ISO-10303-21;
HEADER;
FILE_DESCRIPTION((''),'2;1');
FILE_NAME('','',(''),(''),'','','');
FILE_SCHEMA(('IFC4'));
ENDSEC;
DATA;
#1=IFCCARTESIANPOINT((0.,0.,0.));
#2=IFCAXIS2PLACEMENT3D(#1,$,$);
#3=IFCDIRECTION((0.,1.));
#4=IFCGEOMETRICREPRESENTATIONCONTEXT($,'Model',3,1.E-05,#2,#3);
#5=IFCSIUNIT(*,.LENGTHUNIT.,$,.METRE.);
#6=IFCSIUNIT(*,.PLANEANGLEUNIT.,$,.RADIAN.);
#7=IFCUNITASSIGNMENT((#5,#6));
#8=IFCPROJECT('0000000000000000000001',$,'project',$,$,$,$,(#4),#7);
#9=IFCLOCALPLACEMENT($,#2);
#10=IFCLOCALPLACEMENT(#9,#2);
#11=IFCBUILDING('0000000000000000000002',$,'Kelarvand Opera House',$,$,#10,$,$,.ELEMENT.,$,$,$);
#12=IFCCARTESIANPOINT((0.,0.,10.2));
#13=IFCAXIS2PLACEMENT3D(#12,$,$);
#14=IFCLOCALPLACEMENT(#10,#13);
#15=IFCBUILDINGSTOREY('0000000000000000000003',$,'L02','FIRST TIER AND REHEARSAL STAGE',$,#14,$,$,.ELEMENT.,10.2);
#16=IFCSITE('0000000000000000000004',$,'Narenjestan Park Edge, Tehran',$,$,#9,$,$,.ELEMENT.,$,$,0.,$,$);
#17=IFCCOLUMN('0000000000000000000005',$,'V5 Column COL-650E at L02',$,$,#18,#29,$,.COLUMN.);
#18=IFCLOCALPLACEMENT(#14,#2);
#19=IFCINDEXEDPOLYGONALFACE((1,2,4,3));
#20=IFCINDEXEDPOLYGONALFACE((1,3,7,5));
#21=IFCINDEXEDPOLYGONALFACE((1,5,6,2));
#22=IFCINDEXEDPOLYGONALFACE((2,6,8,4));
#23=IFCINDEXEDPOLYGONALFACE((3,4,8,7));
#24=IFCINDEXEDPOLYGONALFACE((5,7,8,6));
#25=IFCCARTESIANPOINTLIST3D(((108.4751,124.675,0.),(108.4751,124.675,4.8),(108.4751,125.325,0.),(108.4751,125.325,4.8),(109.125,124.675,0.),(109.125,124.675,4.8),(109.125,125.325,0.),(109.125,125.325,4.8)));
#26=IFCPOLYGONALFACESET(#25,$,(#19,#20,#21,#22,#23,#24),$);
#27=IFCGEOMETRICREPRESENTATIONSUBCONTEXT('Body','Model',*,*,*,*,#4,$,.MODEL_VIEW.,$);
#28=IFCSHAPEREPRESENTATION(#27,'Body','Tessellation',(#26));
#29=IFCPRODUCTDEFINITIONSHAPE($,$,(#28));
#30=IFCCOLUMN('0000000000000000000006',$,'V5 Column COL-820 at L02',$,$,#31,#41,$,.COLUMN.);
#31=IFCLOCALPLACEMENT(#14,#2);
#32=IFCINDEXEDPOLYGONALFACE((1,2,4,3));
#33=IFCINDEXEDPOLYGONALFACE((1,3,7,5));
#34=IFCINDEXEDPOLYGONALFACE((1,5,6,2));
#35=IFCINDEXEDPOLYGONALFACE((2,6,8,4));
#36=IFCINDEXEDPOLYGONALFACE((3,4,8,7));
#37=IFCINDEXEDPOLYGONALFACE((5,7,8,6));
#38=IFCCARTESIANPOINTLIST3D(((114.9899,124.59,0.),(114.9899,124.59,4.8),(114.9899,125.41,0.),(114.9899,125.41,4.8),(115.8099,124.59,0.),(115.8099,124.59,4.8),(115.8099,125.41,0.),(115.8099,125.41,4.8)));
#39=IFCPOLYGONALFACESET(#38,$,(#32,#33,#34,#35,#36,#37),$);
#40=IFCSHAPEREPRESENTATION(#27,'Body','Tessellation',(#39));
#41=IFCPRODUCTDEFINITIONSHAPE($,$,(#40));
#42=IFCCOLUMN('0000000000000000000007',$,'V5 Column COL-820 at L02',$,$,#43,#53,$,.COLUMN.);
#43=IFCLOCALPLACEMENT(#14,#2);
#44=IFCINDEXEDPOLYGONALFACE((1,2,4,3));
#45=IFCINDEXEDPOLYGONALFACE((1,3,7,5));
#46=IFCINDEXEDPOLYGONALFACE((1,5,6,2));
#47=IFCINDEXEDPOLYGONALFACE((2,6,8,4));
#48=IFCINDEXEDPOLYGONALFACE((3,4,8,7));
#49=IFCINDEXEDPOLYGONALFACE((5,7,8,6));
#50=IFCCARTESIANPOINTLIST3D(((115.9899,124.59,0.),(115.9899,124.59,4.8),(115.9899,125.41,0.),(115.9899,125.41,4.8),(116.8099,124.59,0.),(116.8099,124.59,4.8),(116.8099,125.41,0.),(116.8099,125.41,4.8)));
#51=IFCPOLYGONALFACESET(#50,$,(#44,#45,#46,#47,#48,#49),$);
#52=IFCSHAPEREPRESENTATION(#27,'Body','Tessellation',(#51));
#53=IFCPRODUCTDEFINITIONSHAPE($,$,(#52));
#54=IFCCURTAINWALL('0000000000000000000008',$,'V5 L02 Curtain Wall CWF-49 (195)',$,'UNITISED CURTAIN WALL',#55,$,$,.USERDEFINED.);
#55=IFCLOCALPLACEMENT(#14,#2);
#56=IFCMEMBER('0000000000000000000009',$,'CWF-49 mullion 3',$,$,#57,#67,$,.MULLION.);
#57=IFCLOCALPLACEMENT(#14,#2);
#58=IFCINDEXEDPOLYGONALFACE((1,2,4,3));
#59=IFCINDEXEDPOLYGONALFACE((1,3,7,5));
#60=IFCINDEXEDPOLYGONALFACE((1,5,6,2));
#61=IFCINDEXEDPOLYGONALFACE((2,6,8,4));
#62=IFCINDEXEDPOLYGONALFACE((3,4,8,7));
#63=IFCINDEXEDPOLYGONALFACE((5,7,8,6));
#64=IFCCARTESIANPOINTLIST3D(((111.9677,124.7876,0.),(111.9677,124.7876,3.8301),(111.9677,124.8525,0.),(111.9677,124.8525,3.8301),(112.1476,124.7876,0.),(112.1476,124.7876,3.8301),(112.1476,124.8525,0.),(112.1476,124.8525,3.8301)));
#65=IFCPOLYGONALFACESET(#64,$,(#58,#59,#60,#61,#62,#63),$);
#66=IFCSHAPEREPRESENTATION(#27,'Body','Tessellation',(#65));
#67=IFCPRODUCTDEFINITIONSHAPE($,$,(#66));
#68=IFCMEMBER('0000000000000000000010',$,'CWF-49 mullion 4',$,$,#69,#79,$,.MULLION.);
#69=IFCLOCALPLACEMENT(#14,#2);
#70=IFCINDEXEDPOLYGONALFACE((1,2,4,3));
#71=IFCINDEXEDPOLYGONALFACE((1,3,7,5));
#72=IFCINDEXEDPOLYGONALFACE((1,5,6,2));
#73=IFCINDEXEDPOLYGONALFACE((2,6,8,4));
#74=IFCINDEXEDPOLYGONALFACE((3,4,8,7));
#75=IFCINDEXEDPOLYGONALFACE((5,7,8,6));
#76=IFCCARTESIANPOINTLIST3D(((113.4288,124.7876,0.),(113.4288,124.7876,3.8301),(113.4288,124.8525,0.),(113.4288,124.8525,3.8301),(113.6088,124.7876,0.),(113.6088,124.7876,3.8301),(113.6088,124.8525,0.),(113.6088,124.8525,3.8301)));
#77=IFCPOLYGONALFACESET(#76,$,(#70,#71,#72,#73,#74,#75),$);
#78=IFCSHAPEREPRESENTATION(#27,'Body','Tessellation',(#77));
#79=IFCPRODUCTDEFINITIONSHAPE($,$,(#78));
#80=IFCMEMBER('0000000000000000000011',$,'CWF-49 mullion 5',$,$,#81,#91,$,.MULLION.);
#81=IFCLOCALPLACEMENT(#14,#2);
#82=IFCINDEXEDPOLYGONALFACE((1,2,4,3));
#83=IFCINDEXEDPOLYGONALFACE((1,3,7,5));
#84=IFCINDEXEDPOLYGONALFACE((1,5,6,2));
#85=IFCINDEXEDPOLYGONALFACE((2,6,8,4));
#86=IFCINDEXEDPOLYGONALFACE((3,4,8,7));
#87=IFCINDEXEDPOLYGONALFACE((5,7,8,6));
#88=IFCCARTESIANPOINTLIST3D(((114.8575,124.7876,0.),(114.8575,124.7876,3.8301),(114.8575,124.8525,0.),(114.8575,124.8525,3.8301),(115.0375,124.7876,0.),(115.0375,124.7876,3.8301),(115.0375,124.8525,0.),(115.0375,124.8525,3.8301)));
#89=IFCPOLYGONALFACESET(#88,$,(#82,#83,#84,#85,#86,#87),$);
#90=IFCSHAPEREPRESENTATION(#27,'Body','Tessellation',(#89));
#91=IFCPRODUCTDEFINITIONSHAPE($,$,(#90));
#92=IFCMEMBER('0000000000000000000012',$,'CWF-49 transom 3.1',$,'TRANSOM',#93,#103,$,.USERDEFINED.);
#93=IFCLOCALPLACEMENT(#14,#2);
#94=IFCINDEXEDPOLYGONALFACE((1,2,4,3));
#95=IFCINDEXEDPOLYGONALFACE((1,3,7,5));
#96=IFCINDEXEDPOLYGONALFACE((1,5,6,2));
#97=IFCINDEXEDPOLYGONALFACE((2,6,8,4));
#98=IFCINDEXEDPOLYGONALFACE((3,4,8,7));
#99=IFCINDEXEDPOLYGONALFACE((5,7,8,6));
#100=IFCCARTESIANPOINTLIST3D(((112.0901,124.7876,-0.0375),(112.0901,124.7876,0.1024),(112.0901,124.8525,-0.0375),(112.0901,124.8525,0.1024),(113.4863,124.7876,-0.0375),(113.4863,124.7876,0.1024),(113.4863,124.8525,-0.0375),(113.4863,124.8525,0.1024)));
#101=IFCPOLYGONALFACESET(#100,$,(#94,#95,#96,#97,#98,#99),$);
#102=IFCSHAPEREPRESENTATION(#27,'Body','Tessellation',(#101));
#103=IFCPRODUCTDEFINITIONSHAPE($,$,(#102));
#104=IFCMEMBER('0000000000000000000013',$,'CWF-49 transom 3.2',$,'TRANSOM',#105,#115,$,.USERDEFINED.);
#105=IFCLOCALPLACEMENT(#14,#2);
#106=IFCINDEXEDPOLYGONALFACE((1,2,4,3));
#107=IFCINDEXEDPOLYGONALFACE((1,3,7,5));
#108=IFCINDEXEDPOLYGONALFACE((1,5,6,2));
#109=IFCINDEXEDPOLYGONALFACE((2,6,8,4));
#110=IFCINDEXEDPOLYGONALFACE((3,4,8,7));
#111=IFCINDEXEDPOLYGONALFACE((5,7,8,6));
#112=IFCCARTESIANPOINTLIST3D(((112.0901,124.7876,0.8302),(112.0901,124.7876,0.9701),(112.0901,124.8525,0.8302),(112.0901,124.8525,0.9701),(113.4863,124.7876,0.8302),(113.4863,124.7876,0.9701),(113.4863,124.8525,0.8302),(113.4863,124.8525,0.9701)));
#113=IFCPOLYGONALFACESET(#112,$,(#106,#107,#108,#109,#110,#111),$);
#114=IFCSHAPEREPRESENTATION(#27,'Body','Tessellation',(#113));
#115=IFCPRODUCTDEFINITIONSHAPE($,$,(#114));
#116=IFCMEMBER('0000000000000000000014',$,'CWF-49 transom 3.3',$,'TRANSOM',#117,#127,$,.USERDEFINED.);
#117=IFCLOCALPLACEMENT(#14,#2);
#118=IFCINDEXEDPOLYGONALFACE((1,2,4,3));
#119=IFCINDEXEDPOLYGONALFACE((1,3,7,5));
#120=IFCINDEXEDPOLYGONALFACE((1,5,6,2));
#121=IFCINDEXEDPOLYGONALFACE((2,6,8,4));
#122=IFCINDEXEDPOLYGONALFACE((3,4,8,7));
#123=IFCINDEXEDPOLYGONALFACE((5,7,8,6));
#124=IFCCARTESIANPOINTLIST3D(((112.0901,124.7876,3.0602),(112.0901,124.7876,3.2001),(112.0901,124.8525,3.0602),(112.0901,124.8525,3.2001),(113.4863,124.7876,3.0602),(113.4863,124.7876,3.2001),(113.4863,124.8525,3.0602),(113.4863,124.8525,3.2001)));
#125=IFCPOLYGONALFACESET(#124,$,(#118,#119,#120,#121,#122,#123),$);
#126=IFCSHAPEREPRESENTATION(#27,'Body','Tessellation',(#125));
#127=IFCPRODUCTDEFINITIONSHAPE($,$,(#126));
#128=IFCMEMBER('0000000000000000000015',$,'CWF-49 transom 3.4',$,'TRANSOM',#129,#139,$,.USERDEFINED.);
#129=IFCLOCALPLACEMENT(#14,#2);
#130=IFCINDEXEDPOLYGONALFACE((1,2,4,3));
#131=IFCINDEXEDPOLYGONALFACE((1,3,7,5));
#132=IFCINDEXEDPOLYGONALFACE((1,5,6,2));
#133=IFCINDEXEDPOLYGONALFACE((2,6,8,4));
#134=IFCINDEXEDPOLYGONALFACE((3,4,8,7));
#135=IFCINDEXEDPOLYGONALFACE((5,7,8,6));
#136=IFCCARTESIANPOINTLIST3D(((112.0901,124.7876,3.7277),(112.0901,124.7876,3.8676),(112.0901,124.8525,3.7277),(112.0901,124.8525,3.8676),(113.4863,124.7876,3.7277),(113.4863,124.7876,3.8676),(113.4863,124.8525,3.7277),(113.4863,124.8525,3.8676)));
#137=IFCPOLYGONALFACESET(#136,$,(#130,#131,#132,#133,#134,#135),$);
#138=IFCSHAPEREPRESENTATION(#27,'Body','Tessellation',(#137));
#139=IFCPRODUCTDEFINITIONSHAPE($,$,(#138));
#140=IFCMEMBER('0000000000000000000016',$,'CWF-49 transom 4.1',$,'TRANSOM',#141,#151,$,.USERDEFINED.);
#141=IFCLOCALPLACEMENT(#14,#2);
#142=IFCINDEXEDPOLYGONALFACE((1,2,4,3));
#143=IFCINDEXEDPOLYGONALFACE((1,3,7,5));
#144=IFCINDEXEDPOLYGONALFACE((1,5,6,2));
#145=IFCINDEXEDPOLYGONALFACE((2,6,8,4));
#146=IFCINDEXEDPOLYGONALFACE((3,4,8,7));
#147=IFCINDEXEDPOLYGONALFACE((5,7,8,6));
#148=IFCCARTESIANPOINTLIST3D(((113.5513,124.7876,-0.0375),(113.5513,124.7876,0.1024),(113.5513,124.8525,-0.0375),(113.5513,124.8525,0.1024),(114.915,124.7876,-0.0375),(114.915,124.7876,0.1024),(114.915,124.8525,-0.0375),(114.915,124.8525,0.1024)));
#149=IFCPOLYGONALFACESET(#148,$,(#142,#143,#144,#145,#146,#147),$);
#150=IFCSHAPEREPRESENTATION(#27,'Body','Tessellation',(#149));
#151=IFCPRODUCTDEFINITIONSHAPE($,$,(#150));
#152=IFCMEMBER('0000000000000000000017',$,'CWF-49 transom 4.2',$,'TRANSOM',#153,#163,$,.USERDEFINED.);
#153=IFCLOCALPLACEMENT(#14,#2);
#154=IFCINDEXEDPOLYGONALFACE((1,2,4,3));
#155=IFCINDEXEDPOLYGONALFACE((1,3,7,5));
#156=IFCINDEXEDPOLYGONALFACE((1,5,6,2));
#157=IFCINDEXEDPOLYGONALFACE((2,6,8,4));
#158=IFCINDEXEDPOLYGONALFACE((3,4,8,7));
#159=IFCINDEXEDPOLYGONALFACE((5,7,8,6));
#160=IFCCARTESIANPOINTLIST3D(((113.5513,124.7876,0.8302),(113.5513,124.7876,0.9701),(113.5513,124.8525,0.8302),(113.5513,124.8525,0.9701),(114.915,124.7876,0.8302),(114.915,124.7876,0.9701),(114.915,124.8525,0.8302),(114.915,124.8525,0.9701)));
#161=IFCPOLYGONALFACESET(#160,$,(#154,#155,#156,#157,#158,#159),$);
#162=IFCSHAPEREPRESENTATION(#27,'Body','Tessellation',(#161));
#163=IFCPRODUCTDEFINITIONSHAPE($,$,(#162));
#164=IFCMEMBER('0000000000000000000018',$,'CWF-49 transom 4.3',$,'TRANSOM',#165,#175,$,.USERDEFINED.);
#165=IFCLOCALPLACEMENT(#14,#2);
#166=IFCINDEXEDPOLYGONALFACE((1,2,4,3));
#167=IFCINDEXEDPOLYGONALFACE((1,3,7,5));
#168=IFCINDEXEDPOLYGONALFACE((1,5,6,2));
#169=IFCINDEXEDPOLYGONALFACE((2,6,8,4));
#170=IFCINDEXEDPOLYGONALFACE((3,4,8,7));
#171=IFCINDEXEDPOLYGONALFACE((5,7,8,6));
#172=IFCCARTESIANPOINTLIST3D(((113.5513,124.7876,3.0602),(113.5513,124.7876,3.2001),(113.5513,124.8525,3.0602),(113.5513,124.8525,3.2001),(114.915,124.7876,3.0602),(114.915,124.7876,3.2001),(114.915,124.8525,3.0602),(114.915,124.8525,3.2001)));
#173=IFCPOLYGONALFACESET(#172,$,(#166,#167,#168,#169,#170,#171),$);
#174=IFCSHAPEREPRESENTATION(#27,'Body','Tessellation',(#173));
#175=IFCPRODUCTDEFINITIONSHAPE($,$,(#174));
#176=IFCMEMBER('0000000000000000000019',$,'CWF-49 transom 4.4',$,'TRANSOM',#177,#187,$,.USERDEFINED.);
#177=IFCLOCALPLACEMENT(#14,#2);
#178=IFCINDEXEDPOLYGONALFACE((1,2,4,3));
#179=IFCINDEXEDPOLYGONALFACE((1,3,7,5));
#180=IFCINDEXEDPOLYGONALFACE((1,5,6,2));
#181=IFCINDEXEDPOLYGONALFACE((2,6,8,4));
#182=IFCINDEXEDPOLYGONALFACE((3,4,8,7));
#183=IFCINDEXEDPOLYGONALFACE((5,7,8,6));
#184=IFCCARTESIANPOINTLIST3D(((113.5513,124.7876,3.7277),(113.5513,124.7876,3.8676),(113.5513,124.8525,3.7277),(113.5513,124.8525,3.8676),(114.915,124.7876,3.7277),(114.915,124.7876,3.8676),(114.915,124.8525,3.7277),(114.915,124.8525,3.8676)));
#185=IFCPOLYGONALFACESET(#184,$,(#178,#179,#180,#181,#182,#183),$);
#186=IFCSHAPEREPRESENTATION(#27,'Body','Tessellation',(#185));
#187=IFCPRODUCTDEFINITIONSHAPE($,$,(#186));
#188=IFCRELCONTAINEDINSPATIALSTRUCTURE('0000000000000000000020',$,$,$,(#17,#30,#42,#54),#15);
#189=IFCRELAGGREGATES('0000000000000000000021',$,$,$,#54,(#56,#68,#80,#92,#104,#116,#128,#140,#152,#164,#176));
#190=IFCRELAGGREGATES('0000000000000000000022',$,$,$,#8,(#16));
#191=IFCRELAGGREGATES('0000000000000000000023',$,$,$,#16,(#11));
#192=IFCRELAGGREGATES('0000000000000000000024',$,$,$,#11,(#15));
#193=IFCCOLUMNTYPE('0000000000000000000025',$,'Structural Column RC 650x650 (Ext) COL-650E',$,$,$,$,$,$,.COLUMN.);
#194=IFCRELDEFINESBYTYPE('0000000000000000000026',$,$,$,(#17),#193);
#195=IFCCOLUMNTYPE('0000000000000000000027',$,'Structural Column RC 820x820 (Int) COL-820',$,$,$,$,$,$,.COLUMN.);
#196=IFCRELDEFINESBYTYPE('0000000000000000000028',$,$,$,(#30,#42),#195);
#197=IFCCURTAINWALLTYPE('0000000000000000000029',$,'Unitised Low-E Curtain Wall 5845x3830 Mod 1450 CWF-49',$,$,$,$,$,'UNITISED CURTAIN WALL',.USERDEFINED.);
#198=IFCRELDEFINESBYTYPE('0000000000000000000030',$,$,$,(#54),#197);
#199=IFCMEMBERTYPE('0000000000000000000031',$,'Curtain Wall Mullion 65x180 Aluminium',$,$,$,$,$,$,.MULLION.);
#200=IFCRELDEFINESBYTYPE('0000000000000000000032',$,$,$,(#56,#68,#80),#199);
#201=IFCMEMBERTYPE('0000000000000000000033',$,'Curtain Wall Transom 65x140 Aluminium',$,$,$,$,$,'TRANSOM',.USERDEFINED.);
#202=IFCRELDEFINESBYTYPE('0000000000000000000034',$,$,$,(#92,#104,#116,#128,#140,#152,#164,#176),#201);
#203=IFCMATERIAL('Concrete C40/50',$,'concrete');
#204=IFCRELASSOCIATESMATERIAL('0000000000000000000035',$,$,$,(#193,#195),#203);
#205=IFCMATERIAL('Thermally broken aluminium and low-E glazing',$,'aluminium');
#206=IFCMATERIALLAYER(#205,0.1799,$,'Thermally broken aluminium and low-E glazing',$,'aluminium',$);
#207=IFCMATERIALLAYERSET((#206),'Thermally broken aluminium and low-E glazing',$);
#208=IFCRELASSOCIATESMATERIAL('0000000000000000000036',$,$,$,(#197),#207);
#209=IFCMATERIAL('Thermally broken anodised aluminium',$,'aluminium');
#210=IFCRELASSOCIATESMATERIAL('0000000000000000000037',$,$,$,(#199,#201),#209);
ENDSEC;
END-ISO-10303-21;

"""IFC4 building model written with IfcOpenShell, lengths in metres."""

from ifc_helpers import new_model, si_unit, direction, frame, origin, origin_2d, place, context, subcontext, project, spatial, rectangle, extrude, material, layer, layer_set, material_profile, profile_set, type_object, element, aggregate, save


model = new_model("IFC4")

# Units and contexts
model_context = context("Model", 3, precision=1e-05, world=origin(), true_north=direction((0.0, 1.0)))
body_context = subcontext(model_context, "Body", "Model", "MODEL_VIEW")
ifc_project = project(units=[si_unit("LENGTHUNIT", "METRE"), si_unit("PLANEANGLEUNIT", "RADIAN")], contexts=[model_context])

# Site, building, storey
site_placement = place(None, origin())
site = spatial("IfcSite", under=ifc_project, at=site_placement, Name="Narenjestan Park Edge, Tehran", CompositionType="ELEMENT", RefElevation=0.0)
building_placement = place(site_placement, origin())
building = spatial("IfcBuilding", under=site, at=building_placement, Name="Kelarvand Opera House", CompositionType="ELEMENT")
storey_placement = place(building_placement, frame((0.0, 0.0, 10.2)))
storey = spatial("IfcBuildingStorey", under=building, at=storey_placement, Name="L02", Description="FIRST TIER AND REHEARSAL STAGE", CompositionType="ELEMENT", Elevation=10.2)

# Columns
ifc_material_1 = material(Name="Concrete C40/50", Category="concrete")
ifc_material_profile_1 = material_profile(ifc_material_1, rectangle(XDim=0.6499, YDim=0.6499, at=origin_2d()), Name="RC 650x650", Category="concrete")
ifc_profile_set_1 = profile_set([ifc_material_profile_1], Name="Concrete C40/50")
column_type_1 = type_object("IfcColumnType", Name="Structural Column RC 650x650 (Ext) COL-650E", PredefinedType="COLUMN", material=ifc_profile_set_1)
column_placement = place(storey_placement, frame((108.8, 125.0, 0.0), z_axis=(0.0, 0.0, 1.0), x_axis=(1.0, 0.0, 0.0)))
element("IfcColumn", 1, at=column_placement, inside=storey, type_object=column_type_1, Name="V5 Column COL-650E at L02", PredefinedType="COLUMN", context=body_context, shape_type="SweptSolid", body=[
    extrude(rectangle(XDim=0.6499, YDim=0.6499, at=origin_2d()), origin(), (0.0, 0.0, 1.0), 4.8),
])
ifc_material_profile_2 = material_profile(ifc_material_1, rectangle(XDim=0.8201, YDim=0.8201, at=origin_2d()), Name="RC 820x820", Category="concrete")
ifc_profile_set_2 = profile_set([ifc_material_profile_2], Name="Concrete C40/50")
column_type_2 = type_object("IfcColumnType", Name="Structural Column RC 820x820 (Int) COL-820", PredefinedType="COLUMN", material=ifc_profile_set_2)
for number, where, z_axis, x_axis, name in (
    (2, (115.3999, 125.0, 0.0), (0.0, 0.0, 1.0), (1.0, 0.0, 0.0), "V5 Column COL-820 at L02"),
    (3, (116.3999, 125.0, 0.0), (0.0, 0.0, 1.0), (1.0, 0.0, 0.0), "V5 Column COL-820 at L02"),
):
    element("IfcColumn", number, at=place(storey_placement, frame(where, z_axis=z_axis, x_axis=x_axis)), inside=storey, type_object=column_type_2, Name=name, PredefinedType="COLUMN", context=body_context, shape_type="SweptSolid", body=[
        extrude(rectangle(XDim=0.8201, YDim=0.8201, at=origin_2d()), origin(), (0.0, 0.0, 1.0), 4.8),
    ])

# Curtain wall, members
ifc_material_2 = material(Name="Thermally broken aluminium and low-E glazing", Category="aluminium")
ifc_layer_1 = layer(ifc_material_2, 0.1799, Name="Thermally broken aluminium and low-E glazing", Category="aluminium")
ifc_layer_set_1 = layer_set([ifc_layer_1], Name="Thermally broken aluminium and low-E glazing")
curtain_wall_type = type_object("IfcCurtainWallType", Name="Unitised Low-E Curtain Wall 5845x3830 Mod 1450 CWF-49", ElementType="UNITISED CURTAIN WALL", PredefinedType="USERDEFINED", material=ifc_layer_set_1)
curtain_wall_placement = place(storey_placement, origin())
curtain_wall = element("IfcCurtainWall", 4, at=curtain_wall_placement, inside=storey, type_object=curtain_wall_type, Name="V5 L02 Curtain Wall CWF-49 (195)", ObjectType="UNITISED CURTAIN WALL", PredefinedType="USERDEFINED")
ifc_material_3 = material(Name="Thermally broken anodised aluminium", Category="aluminium")
ifc_material_profile_3 = material_profile(ifc_material_3, rectangle(XDim=0.0649, YDim=0.1799, at=origin_2d()), Name="ALU MULLION 65x180", Category="aluminium")
ifc_profile_set_3 = profile_set([ifc_material_profile_3], Name="Thermally broken anodised aluminium")
member_type_1 = type_object("IfcMemberType", Name="Curtain Wall Mullion 65x180 Aluminium", PredefinedType="MULLION", material=ifc_profile_set_3)
member_1_placement = place(storey_placement, frame((112.0576, 124.8201, 0.0), z_axis=(0.0, 0.0, 1.0), x_axis=(0.0, 1.0, 0.0)))
member_1 = element("IfcMember", 5, at=member_1_placement, type_object=member_type_1, Name="CWF-49 mullion 3", PredefinedType="MULLION", context=body_context, shape_type="SweptSolid", body=[
    extrude(rectangle(XDim=0.0649, YDim=0.1799, at=origin_2d()), origin(), (0.0, 0.0, 1.0), 3.8301),
])
member_2_placement = place(storey_placement, frame((113.5188, 124.8201, 0.0), z_axis=(0.0, 0.0, 1.0), x_axis=(0.0, 1.0, 0.0)))
member_2 = element("IfcMember", 6, at=member_2_placement, type_object=member_type_1, Name="CWF-49 mullion 4", PredefinedType="MULLION", context=body_context, shape_type="SweptSolid", body=[
    extrude(rectangle(XDim=0.0649, YDim=0.1799, at=origin_2d()), origin(), (0.0, 0.0, 1.0), 3.8301),
])
member_3_placement = place(storey_placement, frame((114.9475, 124.8201, 0.0), z_axis=(0.0, 0.0, 1.0), x_axis=(0.0, 1.0, 0.0)))
member_3 = element("IfcMember", 7, at=member_3_placement, type_object=member_type_1, Name="CWF-49 mullion 5", PredefinedType="MULLION", context=body_context, shape_type="SweptSolid", body=[
    extrude(rectangle(XDim=0.0649, YDim=0.1799, at=origin_2d()), origin(), (0.0, 0.0, 1.0), 3.8301),
])
ifc_material_profile_4 = material_profile(ifc_material_3, rectangle(XDim=0.0649, YDim=0.1399, at=origin_2d()), Name="ALU TRANSOM 65x140", Category="aluminium")
ifc_profile_set_4 = profile_set([ifc_material_profile_4], Name="Thermally broken anodised aluminium")
member_type_2 = type_object("IfcMemberType", Name="Curtain Wall Transom 65x140 Aluminium", ElementType="TRANSOM", PredefinedType="USERDEFINED", material=ifc_profile_set_4)
member_4_placement = place(storey_placement, frame((112.0901, 124.8201, 0.0325), z_axis=(1.0, 0.0, 0.0), x_axis=(0.0, 1.0, 0.0)))
member_4 = element("IfcMember", 8, at=member_4_placement, type_object=member_type_2, Name="CWF-49 transom 3.1", ObjectType="TRANSOM", PredefinedType="USERDEFINED", context=body_context, shape_type="SweptSolid", body=[
    extrude(rectangle(XDim=0.0649, YDim=0.1399, at=origin_2d()), origin(), (0.0, 0.0, 1.0), 1.3962),
])
member_5_placement = place(storey_placement, frame((112.0901, 124.8201, 0.9001), z_axis=(1.0, 0.0, 0.0), x_axis=(0.0, 1.0, 0.0)))
member_5 = element("IfcMember", 9, at=member_5_placement, type_object=member_type_2, Name="CWF-49 transom 3.2", ObjectType="TRANSOM", PredefinedType="USERDEFINED", context=body_context, shape_type="SweptSolid", body=[
    extrude(rectangle(XDim=0.0649, YDim=0.1399, at=origin_2d()), origin(), (0.0, 0.0, 1.0), 1.3962),
])
member_6_placement = place(storey_placement, frame((112.0901, 124.8201, 3.1301), z_axis=(1.0, 0.0, 0.0), x_axis=(0.0, 1.0, 0.0)))
member_6 = element("IfcMember", 10, at=member_6_placement, type_object=member_type_2, Name="CWF-49 transom 3.3", ObjectType="TRANSOM", PredefinedType="USERDEFINED", context=body_context, shape_type="SweptSolid", body=[
    extrude(rectangle(XDim=0.0649, YDim=0.1399, at=origin_2d()), origin(), (0.0, 0.0, 1.0), 1.3962),
])
member_7_placement = place(storey_placement, frame((112.0901, 124.8201, 3.7976), z_axis=(1.0, 0.0, 0.0), x_axis=(0.0, 1.0, 0.0)))
member_7 = element("IfcMember", 11, at=member_7_placement, type_object=member_type_2, Name="CWF-49 transom 3.4", ObjectType="TRANSOM", PredefinedType="USERDEFINED", context=body_context, shape_type="SweptSolid", body=[
    extrude(rectangle(XDim=0.0649, YDim=0.1399, at=origin_2d()), origin(), (0.0, 0.0, 1.0), 1.3962),
])
member_8_placement = place(storey_placement, frame((113.5513, 124.8201, 0.0325), z_axis=(1.0, 0.0, 0.0), x_axis=(0.0, 1.0, 0.0)))
member_8 = element("IfcMember", 12, at=member_8_placement, type_object=member_type_2, Name="CWF-49 transom 4.1", ObjectType="TRANSOM", PredefinedType="USERDEFINED", context=body_context, shape_type="SweptSolid", body=[
    extrude(rectangle(XDim=0.0649, YDim=0.1399, at=origin_2d()), origin(), (0.0, 0.0, 1.0), 1.3638),
])
member_9_placement = place(storey_placement, frame((113.5513, 124.8201, 0.9001), z_axis=(1.0, 0.0, 0.0), x_axis=(0.0, 1.0, 0.0)))
member_9 = element("IfcMember", 13, at=member_9_placement, type_object=member_type_2, Name="CWF-49 transom 4.2", ObjectType="TRANSOM", PredefinedType="USERDEFINED", context=body_context, shape_type="SweptSolid", body=[
    extrude(rectangle(XDim=0.0649, YDim=0.1399, at=origin_2d()), origin(), (0.0, 0.0, 1.0), 1.3638),
])
member_10_placement = place(storey_placement, frame((113.5513, 124.8201, 3.1301), z_axis=(1.0, 0.0, 0.0), x_axis=(0.0, 1.0, 0.0)))
member_10 = element("IfcMember", 14, at=member_10_placement, type_object=member_type_2, Name="CWF-49 transom 4.3", ObjectType="TRANSOM", PredefinedType="USERDEFINED", context=body_context, shape_type="SweptSolid", body=[
    extrude(rectangle(XDim=0.0649, YDim=0.1399, at=origin_2d()), origin(), (0.0, 0.0, 1.0), 1.3638),
])
member_11_placement = place(storey_placement, frame((113.5513, 124.8201, 3.7976), z_axis=(1.0, 0.0, 0.0), x_axis=(0.0, 1.0, 0.0)))
member_11 = element("IfcMember", 15, at=member_11_placement, type_object=member_type_2, Name="CWF-49 transom 4.4", ObjectType="TRANSOM", PredefinedType="USERDEFINED", context=body_context, shape_type="SweptSolid", body=[
    extrude(rectangle(XDim=0.0649, YDim=0.1399, at=origin_2d()), origin(), (0.0, 0.0, 1.0), 1.3638),
])

aggregate(curtain_wall, [member_1, member_2, member_3, member_4, member_5, member_6, member_7, member_8, member_9, member_10, member_11])

save(model, "model.ifc")
